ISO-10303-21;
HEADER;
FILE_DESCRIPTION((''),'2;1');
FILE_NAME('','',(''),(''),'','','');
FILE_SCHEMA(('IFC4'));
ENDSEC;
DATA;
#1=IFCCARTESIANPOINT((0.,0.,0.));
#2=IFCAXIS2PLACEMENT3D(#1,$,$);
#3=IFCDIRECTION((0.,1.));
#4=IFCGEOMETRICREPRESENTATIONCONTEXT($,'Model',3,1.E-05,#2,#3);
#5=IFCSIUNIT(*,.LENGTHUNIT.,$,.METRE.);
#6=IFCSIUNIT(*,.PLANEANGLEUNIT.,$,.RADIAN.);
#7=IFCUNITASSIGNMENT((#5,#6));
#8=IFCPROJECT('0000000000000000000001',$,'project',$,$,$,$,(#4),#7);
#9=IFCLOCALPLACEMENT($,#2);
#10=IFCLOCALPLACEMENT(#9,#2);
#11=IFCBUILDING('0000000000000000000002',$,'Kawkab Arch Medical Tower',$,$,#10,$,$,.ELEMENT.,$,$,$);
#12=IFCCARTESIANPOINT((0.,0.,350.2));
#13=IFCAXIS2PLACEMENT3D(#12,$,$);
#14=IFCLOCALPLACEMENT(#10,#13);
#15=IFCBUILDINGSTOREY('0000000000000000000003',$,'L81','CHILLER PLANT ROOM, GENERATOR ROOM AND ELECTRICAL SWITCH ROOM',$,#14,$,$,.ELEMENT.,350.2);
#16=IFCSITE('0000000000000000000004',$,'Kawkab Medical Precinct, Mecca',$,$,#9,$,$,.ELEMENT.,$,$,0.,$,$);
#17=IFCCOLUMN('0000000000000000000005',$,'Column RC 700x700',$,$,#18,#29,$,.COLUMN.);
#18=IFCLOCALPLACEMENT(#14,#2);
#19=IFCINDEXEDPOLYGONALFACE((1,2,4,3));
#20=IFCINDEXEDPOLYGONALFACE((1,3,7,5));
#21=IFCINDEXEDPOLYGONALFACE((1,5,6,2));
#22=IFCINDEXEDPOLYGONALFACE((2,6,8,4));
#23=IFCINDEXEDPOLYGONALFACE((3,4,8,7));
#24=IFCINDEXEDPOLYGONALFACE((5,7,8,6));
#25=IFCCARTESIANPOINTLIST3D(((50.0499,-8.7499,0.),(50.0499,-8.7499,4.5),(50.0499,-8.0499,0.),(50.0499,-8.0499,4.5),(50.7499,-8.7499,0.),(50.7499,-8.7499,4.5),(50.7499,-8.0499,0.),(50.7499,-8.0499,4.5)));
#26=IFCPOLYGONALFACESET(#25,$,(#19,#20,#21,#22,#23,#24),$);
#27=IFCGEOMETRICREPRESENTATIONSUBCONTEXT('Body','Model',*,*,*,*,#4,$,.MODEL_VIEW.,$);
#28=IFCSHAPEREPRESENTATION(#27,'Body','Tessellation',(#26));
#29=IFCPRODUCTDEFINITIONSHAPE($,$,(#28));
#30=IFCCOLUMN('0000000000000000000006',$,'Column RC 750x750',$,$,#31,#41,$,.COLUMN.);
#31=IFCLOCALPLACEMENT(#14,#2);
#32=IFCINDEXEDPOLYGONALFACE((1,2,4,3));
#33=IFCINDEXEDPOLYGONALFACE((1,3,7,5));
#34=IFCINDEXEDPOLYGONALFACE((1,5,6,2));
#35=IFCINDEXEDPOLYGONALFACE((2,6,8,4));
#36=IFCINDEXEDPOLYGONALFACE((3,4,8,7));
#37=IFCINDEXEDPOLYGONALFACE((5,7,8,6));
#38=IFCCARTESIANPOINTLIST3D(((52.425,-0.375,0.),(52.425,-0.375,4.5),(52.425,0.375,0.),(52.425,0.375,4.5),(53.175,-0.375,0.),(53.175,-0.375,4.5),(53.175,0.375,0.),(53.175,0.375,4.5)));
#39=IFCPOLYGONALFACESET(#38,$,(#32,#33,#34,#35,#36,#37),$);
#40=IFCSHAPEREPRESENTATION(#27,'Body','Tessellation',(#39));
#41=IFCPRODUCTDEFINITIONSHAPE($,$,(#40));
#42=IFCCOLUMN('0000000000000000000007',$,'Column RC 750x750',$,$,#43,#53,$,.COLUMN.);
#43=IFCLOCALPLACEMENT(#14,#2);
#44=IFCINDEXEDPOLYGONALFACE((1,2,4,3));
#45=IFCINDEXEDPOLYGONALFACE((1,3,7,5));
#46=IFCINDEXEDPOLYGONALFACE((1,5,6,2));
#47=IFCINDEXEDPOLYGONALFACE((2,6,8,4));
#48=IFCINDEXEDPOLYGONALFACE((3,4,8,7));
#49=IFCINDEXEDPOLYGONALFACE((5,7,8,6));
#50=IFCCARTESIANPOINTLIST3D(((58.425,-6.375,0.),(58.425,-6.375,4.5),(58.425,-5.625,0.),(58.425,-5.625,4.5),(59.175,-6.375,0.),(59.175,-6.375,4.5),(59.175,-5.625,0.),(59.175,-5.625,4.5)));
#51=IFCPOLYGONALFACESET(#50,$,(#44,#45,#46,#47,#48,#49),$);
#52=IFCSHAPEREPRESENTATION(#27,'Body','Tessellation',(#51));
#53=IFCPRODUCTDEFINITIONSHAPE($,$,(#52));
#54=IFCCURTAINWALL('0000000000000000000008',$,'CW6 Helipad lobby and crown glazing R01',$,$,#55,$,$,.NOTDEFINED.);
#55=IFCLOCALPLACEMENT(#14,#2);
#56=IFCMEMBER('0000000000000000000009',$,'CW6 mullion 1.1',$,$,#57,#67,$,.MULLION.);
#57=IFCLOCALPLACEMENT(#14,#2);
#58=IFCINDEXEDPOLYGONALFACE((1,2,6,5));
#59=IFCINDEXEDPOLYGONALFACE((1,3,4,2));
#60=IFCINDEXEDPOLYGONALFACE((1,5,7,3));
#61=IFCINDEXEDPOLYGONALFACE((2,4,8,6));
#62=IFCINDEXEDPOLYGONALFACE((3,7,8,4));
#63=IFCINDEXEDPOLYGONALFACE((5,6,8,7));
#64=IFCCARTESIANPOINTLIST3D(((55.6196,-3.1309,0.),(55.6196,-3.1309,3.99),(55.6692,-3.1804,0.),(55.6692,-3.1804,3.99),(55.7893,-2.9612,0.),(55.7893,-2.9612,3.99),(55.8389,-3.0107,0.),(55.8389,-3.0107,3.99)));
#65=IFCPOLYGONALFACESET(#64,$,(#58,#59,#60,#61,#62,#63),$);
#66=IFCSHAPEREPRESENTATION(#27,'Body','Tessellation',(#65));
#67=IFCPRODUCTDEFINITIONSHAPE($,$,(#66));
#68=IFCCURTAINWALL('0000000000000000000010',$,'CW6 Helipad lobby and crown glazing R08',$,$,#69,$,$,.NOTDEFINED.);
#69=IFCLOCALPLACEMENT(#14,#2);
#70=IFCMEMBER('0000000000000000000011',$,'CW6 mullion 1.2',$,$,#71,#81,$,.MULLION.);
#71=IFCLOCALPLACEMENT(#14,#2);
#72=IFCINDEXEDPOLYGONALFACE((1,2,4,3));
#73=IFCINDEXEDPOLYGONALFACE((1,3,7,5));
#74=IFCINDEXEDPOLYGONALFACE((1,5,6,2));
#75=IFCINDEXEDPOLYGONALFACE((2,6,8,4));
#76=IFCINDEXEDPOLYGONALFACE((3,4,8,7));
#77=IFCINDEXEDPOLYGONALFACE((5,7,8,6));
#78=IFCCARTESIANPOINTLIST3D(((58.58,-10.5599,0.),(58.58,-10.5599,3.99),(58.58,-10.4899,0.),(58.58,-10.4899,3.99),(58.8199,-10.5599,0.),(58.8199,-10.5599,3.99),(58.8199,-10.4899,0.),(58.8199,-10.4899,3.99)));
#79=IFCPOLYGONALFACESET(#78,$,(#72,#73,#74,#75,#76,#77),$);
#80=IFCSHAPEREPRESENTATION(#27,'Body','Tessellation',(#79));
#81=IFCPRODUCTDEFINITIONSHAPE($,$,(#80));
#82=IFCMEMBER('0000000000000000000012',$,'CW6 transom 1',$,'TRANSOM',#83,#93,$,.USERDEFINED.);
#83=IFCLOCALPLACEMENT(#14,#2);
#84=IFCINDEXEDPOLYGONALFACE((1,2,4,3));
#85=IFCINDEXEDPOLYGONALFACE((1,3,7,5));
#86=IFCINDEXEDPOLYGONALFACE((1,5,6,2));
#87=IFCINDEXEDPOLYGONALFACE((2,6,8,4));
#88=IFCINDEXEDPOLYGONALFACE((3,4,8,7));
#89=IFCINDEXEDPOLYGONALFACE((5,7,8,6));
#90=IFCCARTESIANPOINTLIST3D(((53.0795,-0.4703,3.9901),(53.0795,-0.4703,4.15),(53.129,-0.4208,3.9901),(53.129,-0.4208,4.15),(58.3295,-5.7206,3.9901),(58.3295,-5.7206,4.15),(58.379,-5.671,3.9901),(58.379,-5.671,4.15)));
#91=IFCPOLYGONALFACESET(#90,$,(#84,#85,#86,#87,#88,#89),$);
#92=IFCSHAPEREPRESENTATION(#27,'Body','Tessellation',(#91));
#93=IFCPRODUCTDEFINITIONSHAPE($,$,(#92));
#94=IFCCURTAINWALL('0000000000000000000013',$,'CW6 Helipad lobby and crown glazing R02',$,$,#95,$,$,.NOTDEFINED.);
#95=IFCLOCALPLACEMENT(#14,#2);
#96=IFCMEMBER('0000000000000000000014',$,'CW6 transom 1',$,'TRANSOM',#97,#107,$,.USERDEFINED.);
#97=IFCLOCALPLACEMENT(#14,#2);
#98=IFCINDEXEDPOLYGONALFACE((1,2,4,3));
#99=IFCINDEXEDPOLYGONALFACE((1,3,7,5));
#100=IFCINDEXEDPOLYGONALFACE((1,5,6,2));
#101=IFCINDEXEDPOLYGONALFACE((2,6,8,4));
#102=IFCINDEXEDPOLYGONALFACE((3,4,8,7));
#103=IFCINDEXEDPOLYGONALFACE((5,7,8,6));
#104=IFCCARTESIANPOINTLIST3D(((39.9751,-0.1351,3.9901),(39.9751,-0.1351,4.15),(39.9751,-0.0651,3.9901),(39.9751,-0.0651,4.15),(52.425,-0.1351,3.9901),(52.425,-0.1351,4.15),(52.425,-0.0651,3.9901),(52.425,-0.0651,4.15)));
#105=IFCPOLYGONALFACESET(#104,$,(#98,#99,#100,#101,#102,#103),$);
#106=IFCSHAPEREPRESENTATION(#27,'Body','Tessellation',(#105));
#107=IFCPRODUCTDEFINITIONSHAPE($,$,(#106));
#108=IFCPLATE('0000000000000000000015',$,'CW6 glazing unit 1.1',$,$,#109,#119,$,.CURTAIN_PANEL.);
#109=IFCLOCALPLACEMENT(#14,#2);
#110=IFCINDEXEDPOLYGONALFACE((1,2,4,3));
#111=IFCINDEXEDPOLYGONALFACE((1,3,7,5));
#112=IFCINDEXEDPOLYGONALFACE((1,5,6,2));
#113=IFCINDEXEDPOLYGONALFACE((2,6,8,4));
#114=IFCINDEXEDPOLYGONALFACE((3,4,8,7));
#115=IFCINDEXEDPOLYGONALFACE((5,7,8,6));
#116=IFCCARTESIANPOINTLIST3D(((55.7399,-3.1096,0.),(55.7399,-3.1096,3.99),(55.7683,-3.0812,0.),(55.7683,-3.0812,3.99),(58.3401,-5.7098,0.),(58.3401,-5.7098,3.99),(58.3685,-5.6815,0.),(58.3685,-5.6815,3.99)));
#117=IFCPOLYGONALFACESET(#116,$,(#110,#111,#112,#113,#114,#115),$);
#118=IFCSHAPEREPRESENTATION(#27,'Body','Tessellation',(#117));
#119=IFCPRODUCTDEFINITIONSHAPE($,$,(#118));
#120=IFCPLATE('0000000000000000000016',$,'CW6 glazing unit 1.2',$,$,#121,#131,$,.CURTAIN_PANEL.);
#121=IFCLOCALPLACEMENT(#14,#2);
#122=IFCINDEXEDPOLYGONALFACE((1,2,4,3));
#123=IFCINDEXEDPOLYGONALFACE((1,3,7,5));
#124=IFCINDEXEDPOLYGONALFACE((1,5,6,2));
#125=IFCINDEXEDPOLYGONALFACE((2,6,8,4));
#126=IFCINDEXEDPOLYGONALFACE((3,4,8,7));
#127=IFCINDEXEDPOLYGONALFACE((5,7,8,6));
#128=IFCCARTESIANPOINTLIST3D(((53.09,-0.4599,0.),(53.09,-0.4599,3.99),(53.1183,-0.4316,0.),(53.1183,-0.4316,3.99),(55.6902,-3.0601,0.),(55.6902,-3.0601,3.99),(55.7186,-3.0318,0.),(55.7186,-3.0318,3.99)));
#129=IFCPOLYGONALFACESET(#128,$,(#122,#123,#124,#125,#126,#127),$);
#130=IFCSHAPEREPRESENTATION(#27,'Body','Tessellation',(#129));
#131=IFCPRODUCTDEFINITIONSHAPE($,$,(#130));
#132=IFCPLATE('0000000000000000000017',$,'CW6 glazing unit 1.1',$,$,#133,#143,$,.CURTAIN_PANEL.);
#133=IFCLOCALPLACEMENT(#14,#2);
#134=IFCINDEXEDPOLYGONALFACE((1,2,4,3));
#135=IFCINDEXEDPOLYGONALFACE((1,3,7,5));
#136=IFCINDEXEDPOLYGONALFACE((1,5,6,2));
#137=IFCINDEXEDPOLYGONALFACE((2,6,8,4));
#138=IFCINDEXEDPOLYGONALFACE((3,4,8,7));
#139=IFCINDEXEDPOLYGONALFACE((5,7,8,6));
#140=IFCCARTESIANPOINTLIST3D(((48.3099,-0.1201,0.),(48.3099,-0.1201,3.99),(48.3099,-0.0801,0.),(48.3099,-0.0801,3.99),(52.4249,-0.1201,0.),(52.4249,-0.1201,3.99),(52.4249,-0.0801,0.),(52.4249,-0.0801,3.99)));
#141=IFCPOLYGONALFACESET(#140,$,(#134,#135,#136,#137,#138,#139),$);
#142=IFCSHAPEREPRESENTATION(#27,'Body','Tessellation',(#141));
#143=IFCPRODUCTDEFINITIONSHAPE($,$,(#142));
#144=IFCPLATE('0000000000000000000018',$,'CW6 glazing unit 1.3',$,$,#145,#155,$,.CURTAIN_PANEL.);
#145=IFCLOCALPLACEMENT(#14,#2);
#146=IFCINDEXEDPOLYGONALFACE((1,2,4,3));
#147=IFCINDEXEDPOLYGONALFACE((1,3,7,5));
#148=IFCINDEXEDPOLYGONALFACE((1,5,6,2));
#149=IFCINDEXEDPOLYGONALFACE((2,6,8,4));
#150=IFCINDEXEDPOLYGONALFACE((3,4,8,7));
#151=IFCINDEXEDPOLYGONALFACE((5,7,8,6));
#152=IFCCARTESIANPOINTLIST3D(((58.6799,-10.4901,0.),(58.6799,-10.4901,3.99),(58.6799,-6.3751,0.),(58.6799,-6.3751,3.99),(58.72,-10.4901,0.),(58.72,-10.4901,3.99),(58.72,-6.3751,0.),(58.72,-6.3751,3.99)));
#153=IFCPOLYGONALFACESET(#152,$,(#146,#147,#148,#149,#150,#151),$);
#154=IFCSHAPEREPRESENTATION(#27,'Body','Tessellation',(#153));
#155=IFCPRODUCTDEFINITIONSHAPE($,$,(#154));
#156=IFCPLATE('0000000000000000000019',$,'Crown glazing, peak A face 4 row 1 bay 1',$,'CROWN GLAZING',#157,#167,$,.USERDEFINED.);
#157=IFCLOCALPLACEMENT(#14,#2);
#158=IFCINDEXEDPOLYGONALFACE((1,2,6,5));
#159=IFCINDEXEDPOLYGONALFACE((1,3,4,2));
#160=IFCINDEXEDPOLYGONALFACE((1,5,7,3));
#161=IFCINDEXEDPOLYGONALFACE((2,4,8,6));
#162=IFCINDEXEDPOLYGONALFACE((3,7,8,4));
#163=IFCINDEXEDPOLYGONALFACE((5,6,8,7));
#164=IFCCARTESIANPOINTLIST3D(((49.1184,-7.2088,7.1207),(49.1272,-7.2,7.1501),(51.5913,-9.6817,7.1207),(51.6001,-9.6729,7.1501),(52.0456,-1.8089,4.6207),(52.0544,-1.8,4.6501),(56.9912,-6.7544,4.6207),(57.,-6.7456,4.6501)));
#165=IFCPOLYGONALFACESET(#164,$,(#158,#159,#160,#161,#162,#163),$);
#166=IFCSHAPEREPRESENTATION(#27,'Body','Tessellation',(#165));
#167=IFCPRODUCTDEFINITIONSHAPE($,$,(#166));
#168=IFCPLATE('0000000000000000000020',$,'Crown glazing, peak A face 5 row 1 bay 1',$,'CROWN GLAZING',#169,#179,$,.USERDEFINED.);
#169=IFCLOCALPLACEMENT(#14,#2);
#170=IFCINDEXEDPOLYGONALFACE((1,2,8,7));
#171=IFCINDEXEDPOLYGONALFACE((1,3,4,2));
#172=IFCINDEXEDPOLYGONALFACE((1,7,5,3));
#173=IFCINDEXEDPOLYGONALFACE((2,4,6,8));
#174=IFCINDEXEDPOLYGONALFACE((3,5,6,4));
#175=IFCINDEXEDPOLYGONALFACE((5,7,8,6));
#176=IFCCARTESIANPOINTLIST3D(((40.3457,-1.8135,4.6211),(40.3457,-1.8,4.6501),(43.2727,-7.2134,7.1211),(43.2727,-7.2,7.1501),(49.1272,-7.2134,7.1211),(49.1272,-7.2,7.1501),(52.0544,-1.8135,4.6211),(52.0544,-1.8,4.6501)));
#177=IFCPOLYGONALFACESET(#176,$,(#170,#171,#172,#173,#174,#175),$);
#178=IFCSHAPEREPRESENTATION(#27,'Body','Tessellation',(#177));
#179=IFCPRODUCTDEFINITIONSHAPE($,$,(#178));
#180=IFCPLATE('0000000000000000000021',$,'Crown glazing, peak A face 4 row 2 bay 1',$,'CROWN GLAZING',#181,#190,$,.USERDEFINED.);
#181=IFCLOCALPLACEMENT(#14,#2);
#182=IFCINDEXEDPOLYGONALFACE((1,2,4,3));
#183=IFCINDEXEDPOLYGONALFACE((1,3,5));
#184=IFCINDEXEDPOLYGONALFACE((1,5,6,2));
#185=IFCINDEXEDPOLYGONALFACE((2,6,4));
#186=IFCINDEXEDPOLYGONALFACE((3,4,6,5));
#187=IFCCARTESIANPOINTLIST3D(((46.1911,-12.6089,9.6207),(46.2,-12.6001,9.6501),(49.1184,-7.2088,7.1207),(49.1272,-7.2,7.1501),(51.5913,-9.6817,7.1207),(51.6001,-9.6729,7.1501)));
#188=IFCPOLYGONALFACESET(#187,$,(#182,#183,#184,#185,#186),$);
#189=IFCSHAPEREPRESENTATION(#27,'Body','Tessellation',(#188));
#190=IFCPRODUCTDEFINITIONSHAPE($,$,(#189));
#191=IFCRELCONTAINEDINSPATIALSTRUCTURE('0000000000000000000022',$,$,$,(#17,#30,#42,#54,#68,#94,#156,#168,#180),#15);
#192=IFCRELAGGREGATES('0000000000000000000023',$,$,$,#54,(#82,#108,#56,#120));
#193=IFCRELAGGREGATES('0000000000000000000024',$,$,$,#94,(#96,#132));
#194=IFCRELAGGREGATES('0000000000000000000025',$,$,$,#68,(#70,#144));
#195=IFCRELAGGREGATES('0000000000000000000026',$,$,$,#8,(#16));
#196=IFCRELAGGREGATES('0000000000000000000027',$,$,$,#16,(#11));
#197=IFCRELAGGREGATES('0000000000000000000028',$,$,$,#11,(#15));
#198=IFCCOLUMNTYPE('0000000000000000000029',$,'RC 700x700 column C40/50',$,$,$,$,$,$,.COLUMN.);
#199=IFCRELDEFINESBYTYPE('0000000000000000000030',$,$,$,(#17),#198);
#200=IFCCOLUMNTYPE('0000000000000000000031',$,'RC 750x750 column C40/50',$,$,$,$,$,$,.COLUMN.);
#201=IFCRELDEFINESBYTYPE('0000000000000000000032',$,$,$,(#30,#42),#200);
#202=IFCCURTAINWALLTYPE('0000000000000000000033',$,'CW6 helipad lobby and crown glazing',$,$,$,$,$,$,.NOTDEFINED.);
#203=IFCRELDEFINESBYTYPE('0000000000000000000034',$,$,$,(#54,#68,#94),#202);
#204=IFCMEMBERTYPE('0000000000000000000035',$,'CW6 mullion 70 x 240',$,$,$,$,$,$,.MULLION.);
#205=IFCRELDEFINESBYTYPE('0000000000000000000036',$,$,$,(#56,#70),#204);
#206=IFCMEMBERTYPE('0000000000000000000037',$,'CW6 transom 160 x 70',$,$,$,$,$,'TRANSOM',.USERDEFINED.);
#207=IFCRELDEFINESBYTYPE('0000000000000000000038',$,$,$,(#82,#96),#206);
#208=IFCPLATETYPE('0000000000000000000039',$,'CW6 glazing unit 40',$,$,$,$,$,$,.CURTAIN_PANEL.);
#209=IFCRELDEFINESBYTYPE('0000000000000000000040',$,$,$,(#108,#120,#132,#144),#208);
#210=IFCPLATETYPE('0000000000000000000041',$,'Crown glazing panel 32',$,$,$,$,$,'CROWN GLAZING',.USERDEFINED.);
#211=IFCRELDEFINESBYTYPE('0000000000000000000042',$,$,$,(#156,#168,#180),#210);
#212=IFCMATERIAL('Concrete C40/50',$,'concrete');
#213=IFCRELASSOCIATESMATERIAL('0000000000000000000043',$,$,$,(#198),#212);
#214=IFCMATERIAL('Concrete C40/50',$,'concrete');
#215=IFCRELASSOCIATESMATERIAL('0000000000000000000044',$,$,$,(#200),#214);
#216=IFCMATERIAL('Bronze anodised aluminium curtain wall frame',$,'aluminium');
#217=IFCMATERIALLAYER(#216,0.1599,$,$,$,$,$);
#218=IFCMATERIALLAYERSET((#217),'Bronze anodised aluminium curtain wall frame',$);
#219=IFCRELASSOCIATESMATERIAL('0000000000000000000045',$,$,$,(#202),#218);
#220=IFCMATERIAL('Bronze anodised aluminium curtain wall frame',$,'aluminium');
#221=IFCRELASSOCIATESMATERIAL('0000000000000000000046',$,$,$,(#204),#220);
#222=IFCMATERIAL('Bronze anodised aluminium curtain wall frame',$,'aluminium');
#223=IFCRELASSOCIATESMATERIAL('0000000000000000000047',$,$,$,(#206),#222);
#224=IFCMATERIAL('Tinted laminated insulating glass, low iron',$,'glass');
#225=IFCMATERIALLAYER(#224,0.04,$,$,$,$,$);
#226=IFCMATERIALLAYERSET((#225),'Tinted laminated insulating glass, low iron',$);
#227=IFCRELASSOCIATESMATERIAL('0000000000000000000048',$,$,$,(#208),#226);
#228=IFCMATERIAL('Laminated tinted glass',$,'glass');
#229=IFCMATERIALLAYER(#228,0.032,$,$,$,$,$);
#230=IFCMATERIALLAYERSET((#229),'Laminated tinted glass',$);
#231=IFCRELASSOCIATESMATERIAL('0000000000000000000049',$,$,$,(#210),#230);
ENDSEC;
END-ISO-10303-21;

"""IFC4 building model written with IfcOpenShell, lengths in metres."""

from ifc_helpers import new_model, si_unit, direction, frame, origin, origin_2d, place, context, subcontext, project, spatial, polyline, rectangle, outline, extrude, material, layer, layer_set, material_profile, profile_set, type_object, element, aggregate, save


model = new_model("IFC4")

# Units and contexts
model_context = context("Model", 3, precision=1e-05, world=origin(), true_north=direction((0.0, 1.0)))
body_context = subcontext(model_context, "Body", "Model", "MODEL_VIEW")
ifc_project = project(units=[si_unit("LENGTHUNIT", "METRE"), si_unit("PLANEANGLEUNIT", "RADIAN")], contexts=[model_context])

# Site, building, storey
site_placement = place(None, origin())
site = spatial("IfcSite", under=ifc_project, at=site_placement, Name="Kawkab Medical Precinct, Mecca", CompositionType="ELEMENT", RefElevation=0.0)
building_placement = place(site_placement, origin())
building = spatial("IfcBuilding", under=site, at=building_placement, Name="Kawkab Arch Medical Tower", CompositionType="ELEMENT")
storey_placement = place(building_placement, frame((0.0, 0.0, 350.2)))
storey = spatial("IfcBuildingStorey", under=building, at=storey_placement, Name="L81", Description="CHILLER PLANT ROOM, GENERATOR ROOM AND ELECTRICAL SWITCH ROOM", CompositionType="ELEMENT", Elevation=350.2)

# Columns
ifc_material_1 = material(Name="Concrete C40/50", Category="concrete")
ifc_material_profile_1 = material_profile(ifc_material_1, rectangle(XDim=0.7, YDim=0.7, at=origin_2d()), Name="RC 700x700")
ifc_profile_set_1 = profile_set([ifc_material_profile_1], Name="Concrete C40/50")
column_type_1 = type_object("IfcColumnType", Name="RC 700x700 column C40/50", PredefinedType="COLUMN", material=ifc_profile_set_1)
column_placement = place(storey_placement, frame((50.3999, -8.3999, 0.0), z_axis=(0.0, 0.0, 1.0), x_axis=(1.0, 0.0, 0.0)))
element("IfcColumn", 1, at=column_placement, inside=storey, type_object=column_type_1, Name="Column RC 700x700", PredefinedType="COLUMN", context=body_context, shape_type="SweptSolid", body=[
    extrude(rectangle(XDim=0.7, YDim=0.7, at=origin_2d()), origin(), (0.0, 0.0, 1.0), 4.5),
])
ifc_material_2 = material(Name="Concrete C40/50", Category="concrete")
ifc_material_profile_2 = material_profile(ifc_material_2, rectangle(XDim=0.75, YDim=0.75, at=origin_2d()), Name="RC 750x750")
ifc_profile_set_2 = profile_set([ifc_material_profile_2], Name="Concrete C40/50")
column_type_2 = type_object("IfcColumnType", Name="RC 750x750 column C40/50", PredefinedType="COLUMN", material=ifc_profile_set_2)
for number, where, z_axis, x_axis, name in (
    (2, (52.8, 0.0, 0.0), (0.0, 0.0, 1.0), (1.0, 0.0, 0.0), "Column RC 750x750"),
    (3, (58.8, -6.0, 0.0), (0.0, 0.0, 1.0), (1.0, 0.0, 0.0), "Column RC 750x750"),
):
    element("IfcColumn", number, at=place(storey_placement, frame(where, z_axis=z_axis, x_axis=x_axis)), inside=storey, type_object=column_type_2, Name=name, PredefinedType="COLUMN", context=body_context, shape_type="SweptSolid", body=[
        extrude(rectangle(XDim=0.75, YDim=0.75, at=origin_2d()), origin(), (0.0, 0.0, 1.0), 4.5),
    ])

# Curtain walls, members
ifc_material_3 = material(Name="Bronze anodised aluminium curtain wall frame", Category="aluminium")
ifc_layer_1 = layer(ifc_material_3, 0.1599)
ifc_layer_set_1 = layer_set([ifc_layer_1], Name="Bronze anodised aluminium curtain wall frame")
curtain_wall_type = type_object("IfcCurtainWallType", Name="CW6 helipad lobby and crown glazing", PredefinedType="NOTDEFINED", material=ifc_layer_set_1)
placement = place(storey_placement, origin())
curtain_wall_1 = element("IfcCurtainWall", 4, at=placement, inside=storey, type_object=curtain_wall_type, Name="CW6 Helipad lobby and crown glazing R01", PredefinedType="NOTDEFINED")
ifc_material_4 = material(Name="Bronze anodised aluminium curtain wall frame", Category="aluminium")
ifc_material_profile_3 = material_profile(ifc_material_4, rectangle(XDim=0.24, YDim=0.0701, at=origin_2d()), Name="AL 70x240")
ifc_profile_set_3 = profile_set([ifc_material_profile_3], Name="Bronze anodised aluminium curtain wall frame")
member_type_1 = type_object("IfcMemberType", Name="CW6 mullion 70 x 240", PredefinedType="MULLION", material=ifc_profile_set_3)
member_1_placement = place(storey_placement, frame((55.7292, -3.0708, 0.0), z_axis=(0.0, 0.0, 1.0), x_axis=(-0.707107, -0.707107, 0.0)))
member_1 = element("IfcMember", 5, at=member_1_placement, type_object=member_type_1, Name="CW6 mullion 1.1", PredefinedType="MULLION", context=body_context, shape_type="SweptSolid", body=[
    extrude(rectangle(XDim=0.24, YDim=0.0701, at=origin_2d()), origin(), (0.0, 0.0, 1.0), 3.99),
])
curtain_wall_2 = element("IfcCurtainWall", 6, at=placement, inside=storey, type_object=curtain_wall_type, Name="CW6 Helipad lobby and crown glazing R08", PredefinedType="NOTDEFINED")
member_2_placement = place(storey_placement, frame((58.7, -10.5249, 0.0), z_axis=(0.0, 0.0, 1.0), x_axis=(-1.0, 0.0, 0.0)))
member_2 = element("IfcMember", 7, at=member_2_placement, type_object=member_type_1, Name="CW6 mullion 1.2", PredefinedType="MULLION", context=body_context, shape_type="SweptSolid", body=[
    extrude(rectangle(XDim=0.24, YDim=0.0701, at=origin_2d()), origin(), (0.0, 0.0, 1.0), 3.99),
])

# Member
ifc_material_5 = material(Name="Bronze anodised aluminium curtain wall frame", Category="aluminium")
ifc_material_profile_4 = material_profile(ifc_material_5, rectangle(XDim=0.0701, YDim=0.1599, at=origin_2d()), Name="AL 70x160")
ifc_profile_set_4 = profile_set([ifc_material_profile_4], Name="Bronze anodised aluminium curtain wall frame")
member_type_2 = type_object("IfcMemberType", Name="CW6 transom 160 x 70", ElementType="TRANSOM", PredefinedType="USERDEFINED", material=ifc_profile_set_4)
member_3_placement = place(storey_placement, frame((58.3542, -5.6958, 4.0701), z_axis=(-0.70709, 0.707123, 0.0), x_axis=(-0.707123, -0.70709, 0.0)))
member_3 = element("IfcMember", 8, at=member_3_placement, type_object=member_type_2, Name="CW6 transom 1", ObjectType="TRANSOM", PredefinedType="USERDEFINED", context=body_context, shape_type="SweptSolid", body=[
    extrude(rectangle(XDim=0.0701, YDim=0.1599, at=origin_2d()), origin(), (0.0, 0.0, 1.0), 7.4248),
])

# Curtain wall, member
curtain_wall_3 = element("IfcCurtainWall", 9, at=placement, inside=storey, type_object=curtain_wall_type, Name="CW6 Helipad lobby and crown glazing R02", PredefinedType="NOTDEFINED")
member_4_placement = place(storey_placement, frame((52.425, -0.1001, 4.0701), z_axis=(-1.0, 0.0, 0.0), x_axis=(0.0, -1.0, 0.0)))
member_4 = element("IfcMember", 10, at=member_4_placement, type_object=member_type_2, Name="CW6 transom 1", ObjectType="TRANSOM", PredefinedType="USERDEFINED", context=body_context, shape_type="SweptSolid", body=[
    extrude(rectangle(XDim=0.0701, YDim=0.1599, at=origin_2d()), origin(), (0.0, 0.0, 1.0), 12.45),
])

# Plates
ifc_material_6 = material(Name="Tinted laminated insulating glass, low iron", Category="glass")
ifc_layer_2 = layer(ifc_material_6, 0.04)
ifc_layer_set_2 = layer_set([ifc_layer_2], Name="Tinted laminated insulating glass, low iron")
plate_type_1 = type_object("IfcPlateType", Name="CW6 glazing unit 40", PredefinedType="CURTAIN_PANEL", material=ifc_layer_set_2)
plate_1_placement = place(storey_placement, frame((57.0542, -4.3955, 0.0), z_axis=(0.0, 0.0, 1.0), x_axis=(-0.707107, 0.707107, 0.0)))
plate_1 = element("IfcPlate", 11, at=plate_1_placement, type_object=plate_type_1, Name="CW6 glazing unit 1.1", PredefinedType="CURTAIN_PANEL", context=body_context, shape_type="SweptSolid", body=[
    extrude(rectangle(XDim=3.6772, YDim=0.04, at=origin_2d()), origin(), (0.0, 0.0, 1.0), 3.99),
])
plate_2_placement = place(storey_placement, frame((54.4043, -1.7458, 0.0), z_axis=(0.0, 0.0, 1.0), x_axis=(-0.707107, 0.707107, 0.0)))
plate_2 = element("IfcPlate", 12, at=plate_2_placement, type_object=plate_type_1, Name="CW6 glazing unit 1.2", PredefinedType="CURTAIN_PANEL", context=body_context, shape_type="SweptSolid", body=[
    extrude(rectangle(XDim=3.6772, YDim=0.04, at=origin_2d()), origin(), (0.0, 0.0, 1.0), 3.99),
])
aggregate(curtain_wall_1, [member_3, plate_1, member_1, plate_2])
plate_3_placement = place(storey_placement, frame((50.3674, -0.1001, 0.0), z_axis=(0.0, 0.0, 1.0), x_axis=(-1.0, 0.0, 0.0)))
plate_3 = element("IfcPlate", 13, at=plate_3_placement, type_object=plate_type_1, Name="CW6 glazing unit 1.1", PredefinedType="CURTAIN_PANEL", context=body_context, shape_type="SweptSolid", body=[
    extrude(rectangle(XDim=4.115, YDim=0.04, at=origin_2d()), origin(), (0.0, 0.0, 1.0), 3.99),
])
aggregate(curtain_wall_3, [member_4, plate_3])
plate_4_placement = place(storey_placement, frame((58.7, -8.4326, 0.0), z_axis=(0.0, 0.0, 1.0), x_axis=(0.0, 1.0, 0.0)))
plate_4 = element("IfcPlate", 14, at=plate_4_placement, type_object=plate_type_1, Name="CW6 glazing unit 1.3", PredefinedType="CURTAIN_PANEL", context=body_context, shape_type="SweptSolid", body=[
    extrude(rectangle(XDim=4.115, YDim=0.04, at=origin_2d()), origin(), (0.0, 0.0, 1.0), 3.99),
])
aggregate(curtain_wall_2, [member_2, plate_4])

# Plates
ifc_material_7 = material(Name="Laminated tinted glass", Category="glass")
ifc_layer_3 = layer(ifc_material_7, 0.032)
ifc_layer_set_3 = layer_set([ifc_layer_3], Name="Laminated tinted glass")
plate_type_2 = type_object("IfcPlateType", Name="Crown glazing panel 32", ElementType="CROWN GLAZING", PredefinedType="USERDEFINED", material=ifc_layer_set_3)
plate_5_placement = place(storey_placement, frame((57.0, -6.7456, 4.6501), z_axis=(0.276346, 0.276346, 0.92047), x_axis=(-0.707107, 0.707107, 0.0)))
element("IfcPlate", 15, at=plate_5_placement, inside=storey, type_object=plate_type_2, Name="Crown glazing, peak A face 4 row 1 bay 1", ObjectType="CROWN GLAZING", PredefinedType="USERDEFINED", context=body_context, shape_type="SweptSolid", body=[
    extrude(outline(polyline([(0.0, 0.0), (6.9941, 0.0), (5.2456, 6.3969), (1.7484, 6.3969), (0.0, 0.0)])), origin(), (0.0, 0.0, -1.0), 0.032),
])
plate_6_placement = place(storey_placement, frame((52.0544, -1.8, 4.6501), z_axis=(0.0, 0.42013, 0.907464), x_axis=(-1.0, 0.0, 0.0)))
element("IfcPlate", 16, at=plate_6_placement, inside=storey, type_object=plate_type_2, Name="Crown glazing, peak A face 5 row 1 bay 1", ObjectType="CROWN GLAZING", PredefinedType="USERDEFINED", context=body_context, shape_type="SweptSolid", body=[
    extrude(outline(polyline([(0.0, 0.0), (11.7087, 0.0), (8.7817, 5.9505), (2.9272, 5.9505), (0.0, 0.0)])), origin(), (0.0, 0.0, -1.0), 0.032),
])
plate_7_placement = place(storey_placement, frame((51.6001, -9.6729, 7.1501), z_axis=(0.276339, 0.276339, 0.920474), x_axis=(-0.707107, 0.707107, 0.0)))
element("IfcPlate", 17, at=plate_7_placement, inside=storey, type_object=plate_type_2, Name="Crown glazing, peak A face 4 row 2 bay 1", ObjectType="CROWN GLAZING", PredefinedType="USERDEFINED", context=body_context, shape_type="SweptSolid", body=[
    extrude(outline(polyline([(0.0, 0.0), (3.4972, 0.0), (1.7486, 6.3971), (0.0, 0.0)])), origin(), (0.0, 0.0, -1.0), 0.032),
])

save(model, "model.ifc")
